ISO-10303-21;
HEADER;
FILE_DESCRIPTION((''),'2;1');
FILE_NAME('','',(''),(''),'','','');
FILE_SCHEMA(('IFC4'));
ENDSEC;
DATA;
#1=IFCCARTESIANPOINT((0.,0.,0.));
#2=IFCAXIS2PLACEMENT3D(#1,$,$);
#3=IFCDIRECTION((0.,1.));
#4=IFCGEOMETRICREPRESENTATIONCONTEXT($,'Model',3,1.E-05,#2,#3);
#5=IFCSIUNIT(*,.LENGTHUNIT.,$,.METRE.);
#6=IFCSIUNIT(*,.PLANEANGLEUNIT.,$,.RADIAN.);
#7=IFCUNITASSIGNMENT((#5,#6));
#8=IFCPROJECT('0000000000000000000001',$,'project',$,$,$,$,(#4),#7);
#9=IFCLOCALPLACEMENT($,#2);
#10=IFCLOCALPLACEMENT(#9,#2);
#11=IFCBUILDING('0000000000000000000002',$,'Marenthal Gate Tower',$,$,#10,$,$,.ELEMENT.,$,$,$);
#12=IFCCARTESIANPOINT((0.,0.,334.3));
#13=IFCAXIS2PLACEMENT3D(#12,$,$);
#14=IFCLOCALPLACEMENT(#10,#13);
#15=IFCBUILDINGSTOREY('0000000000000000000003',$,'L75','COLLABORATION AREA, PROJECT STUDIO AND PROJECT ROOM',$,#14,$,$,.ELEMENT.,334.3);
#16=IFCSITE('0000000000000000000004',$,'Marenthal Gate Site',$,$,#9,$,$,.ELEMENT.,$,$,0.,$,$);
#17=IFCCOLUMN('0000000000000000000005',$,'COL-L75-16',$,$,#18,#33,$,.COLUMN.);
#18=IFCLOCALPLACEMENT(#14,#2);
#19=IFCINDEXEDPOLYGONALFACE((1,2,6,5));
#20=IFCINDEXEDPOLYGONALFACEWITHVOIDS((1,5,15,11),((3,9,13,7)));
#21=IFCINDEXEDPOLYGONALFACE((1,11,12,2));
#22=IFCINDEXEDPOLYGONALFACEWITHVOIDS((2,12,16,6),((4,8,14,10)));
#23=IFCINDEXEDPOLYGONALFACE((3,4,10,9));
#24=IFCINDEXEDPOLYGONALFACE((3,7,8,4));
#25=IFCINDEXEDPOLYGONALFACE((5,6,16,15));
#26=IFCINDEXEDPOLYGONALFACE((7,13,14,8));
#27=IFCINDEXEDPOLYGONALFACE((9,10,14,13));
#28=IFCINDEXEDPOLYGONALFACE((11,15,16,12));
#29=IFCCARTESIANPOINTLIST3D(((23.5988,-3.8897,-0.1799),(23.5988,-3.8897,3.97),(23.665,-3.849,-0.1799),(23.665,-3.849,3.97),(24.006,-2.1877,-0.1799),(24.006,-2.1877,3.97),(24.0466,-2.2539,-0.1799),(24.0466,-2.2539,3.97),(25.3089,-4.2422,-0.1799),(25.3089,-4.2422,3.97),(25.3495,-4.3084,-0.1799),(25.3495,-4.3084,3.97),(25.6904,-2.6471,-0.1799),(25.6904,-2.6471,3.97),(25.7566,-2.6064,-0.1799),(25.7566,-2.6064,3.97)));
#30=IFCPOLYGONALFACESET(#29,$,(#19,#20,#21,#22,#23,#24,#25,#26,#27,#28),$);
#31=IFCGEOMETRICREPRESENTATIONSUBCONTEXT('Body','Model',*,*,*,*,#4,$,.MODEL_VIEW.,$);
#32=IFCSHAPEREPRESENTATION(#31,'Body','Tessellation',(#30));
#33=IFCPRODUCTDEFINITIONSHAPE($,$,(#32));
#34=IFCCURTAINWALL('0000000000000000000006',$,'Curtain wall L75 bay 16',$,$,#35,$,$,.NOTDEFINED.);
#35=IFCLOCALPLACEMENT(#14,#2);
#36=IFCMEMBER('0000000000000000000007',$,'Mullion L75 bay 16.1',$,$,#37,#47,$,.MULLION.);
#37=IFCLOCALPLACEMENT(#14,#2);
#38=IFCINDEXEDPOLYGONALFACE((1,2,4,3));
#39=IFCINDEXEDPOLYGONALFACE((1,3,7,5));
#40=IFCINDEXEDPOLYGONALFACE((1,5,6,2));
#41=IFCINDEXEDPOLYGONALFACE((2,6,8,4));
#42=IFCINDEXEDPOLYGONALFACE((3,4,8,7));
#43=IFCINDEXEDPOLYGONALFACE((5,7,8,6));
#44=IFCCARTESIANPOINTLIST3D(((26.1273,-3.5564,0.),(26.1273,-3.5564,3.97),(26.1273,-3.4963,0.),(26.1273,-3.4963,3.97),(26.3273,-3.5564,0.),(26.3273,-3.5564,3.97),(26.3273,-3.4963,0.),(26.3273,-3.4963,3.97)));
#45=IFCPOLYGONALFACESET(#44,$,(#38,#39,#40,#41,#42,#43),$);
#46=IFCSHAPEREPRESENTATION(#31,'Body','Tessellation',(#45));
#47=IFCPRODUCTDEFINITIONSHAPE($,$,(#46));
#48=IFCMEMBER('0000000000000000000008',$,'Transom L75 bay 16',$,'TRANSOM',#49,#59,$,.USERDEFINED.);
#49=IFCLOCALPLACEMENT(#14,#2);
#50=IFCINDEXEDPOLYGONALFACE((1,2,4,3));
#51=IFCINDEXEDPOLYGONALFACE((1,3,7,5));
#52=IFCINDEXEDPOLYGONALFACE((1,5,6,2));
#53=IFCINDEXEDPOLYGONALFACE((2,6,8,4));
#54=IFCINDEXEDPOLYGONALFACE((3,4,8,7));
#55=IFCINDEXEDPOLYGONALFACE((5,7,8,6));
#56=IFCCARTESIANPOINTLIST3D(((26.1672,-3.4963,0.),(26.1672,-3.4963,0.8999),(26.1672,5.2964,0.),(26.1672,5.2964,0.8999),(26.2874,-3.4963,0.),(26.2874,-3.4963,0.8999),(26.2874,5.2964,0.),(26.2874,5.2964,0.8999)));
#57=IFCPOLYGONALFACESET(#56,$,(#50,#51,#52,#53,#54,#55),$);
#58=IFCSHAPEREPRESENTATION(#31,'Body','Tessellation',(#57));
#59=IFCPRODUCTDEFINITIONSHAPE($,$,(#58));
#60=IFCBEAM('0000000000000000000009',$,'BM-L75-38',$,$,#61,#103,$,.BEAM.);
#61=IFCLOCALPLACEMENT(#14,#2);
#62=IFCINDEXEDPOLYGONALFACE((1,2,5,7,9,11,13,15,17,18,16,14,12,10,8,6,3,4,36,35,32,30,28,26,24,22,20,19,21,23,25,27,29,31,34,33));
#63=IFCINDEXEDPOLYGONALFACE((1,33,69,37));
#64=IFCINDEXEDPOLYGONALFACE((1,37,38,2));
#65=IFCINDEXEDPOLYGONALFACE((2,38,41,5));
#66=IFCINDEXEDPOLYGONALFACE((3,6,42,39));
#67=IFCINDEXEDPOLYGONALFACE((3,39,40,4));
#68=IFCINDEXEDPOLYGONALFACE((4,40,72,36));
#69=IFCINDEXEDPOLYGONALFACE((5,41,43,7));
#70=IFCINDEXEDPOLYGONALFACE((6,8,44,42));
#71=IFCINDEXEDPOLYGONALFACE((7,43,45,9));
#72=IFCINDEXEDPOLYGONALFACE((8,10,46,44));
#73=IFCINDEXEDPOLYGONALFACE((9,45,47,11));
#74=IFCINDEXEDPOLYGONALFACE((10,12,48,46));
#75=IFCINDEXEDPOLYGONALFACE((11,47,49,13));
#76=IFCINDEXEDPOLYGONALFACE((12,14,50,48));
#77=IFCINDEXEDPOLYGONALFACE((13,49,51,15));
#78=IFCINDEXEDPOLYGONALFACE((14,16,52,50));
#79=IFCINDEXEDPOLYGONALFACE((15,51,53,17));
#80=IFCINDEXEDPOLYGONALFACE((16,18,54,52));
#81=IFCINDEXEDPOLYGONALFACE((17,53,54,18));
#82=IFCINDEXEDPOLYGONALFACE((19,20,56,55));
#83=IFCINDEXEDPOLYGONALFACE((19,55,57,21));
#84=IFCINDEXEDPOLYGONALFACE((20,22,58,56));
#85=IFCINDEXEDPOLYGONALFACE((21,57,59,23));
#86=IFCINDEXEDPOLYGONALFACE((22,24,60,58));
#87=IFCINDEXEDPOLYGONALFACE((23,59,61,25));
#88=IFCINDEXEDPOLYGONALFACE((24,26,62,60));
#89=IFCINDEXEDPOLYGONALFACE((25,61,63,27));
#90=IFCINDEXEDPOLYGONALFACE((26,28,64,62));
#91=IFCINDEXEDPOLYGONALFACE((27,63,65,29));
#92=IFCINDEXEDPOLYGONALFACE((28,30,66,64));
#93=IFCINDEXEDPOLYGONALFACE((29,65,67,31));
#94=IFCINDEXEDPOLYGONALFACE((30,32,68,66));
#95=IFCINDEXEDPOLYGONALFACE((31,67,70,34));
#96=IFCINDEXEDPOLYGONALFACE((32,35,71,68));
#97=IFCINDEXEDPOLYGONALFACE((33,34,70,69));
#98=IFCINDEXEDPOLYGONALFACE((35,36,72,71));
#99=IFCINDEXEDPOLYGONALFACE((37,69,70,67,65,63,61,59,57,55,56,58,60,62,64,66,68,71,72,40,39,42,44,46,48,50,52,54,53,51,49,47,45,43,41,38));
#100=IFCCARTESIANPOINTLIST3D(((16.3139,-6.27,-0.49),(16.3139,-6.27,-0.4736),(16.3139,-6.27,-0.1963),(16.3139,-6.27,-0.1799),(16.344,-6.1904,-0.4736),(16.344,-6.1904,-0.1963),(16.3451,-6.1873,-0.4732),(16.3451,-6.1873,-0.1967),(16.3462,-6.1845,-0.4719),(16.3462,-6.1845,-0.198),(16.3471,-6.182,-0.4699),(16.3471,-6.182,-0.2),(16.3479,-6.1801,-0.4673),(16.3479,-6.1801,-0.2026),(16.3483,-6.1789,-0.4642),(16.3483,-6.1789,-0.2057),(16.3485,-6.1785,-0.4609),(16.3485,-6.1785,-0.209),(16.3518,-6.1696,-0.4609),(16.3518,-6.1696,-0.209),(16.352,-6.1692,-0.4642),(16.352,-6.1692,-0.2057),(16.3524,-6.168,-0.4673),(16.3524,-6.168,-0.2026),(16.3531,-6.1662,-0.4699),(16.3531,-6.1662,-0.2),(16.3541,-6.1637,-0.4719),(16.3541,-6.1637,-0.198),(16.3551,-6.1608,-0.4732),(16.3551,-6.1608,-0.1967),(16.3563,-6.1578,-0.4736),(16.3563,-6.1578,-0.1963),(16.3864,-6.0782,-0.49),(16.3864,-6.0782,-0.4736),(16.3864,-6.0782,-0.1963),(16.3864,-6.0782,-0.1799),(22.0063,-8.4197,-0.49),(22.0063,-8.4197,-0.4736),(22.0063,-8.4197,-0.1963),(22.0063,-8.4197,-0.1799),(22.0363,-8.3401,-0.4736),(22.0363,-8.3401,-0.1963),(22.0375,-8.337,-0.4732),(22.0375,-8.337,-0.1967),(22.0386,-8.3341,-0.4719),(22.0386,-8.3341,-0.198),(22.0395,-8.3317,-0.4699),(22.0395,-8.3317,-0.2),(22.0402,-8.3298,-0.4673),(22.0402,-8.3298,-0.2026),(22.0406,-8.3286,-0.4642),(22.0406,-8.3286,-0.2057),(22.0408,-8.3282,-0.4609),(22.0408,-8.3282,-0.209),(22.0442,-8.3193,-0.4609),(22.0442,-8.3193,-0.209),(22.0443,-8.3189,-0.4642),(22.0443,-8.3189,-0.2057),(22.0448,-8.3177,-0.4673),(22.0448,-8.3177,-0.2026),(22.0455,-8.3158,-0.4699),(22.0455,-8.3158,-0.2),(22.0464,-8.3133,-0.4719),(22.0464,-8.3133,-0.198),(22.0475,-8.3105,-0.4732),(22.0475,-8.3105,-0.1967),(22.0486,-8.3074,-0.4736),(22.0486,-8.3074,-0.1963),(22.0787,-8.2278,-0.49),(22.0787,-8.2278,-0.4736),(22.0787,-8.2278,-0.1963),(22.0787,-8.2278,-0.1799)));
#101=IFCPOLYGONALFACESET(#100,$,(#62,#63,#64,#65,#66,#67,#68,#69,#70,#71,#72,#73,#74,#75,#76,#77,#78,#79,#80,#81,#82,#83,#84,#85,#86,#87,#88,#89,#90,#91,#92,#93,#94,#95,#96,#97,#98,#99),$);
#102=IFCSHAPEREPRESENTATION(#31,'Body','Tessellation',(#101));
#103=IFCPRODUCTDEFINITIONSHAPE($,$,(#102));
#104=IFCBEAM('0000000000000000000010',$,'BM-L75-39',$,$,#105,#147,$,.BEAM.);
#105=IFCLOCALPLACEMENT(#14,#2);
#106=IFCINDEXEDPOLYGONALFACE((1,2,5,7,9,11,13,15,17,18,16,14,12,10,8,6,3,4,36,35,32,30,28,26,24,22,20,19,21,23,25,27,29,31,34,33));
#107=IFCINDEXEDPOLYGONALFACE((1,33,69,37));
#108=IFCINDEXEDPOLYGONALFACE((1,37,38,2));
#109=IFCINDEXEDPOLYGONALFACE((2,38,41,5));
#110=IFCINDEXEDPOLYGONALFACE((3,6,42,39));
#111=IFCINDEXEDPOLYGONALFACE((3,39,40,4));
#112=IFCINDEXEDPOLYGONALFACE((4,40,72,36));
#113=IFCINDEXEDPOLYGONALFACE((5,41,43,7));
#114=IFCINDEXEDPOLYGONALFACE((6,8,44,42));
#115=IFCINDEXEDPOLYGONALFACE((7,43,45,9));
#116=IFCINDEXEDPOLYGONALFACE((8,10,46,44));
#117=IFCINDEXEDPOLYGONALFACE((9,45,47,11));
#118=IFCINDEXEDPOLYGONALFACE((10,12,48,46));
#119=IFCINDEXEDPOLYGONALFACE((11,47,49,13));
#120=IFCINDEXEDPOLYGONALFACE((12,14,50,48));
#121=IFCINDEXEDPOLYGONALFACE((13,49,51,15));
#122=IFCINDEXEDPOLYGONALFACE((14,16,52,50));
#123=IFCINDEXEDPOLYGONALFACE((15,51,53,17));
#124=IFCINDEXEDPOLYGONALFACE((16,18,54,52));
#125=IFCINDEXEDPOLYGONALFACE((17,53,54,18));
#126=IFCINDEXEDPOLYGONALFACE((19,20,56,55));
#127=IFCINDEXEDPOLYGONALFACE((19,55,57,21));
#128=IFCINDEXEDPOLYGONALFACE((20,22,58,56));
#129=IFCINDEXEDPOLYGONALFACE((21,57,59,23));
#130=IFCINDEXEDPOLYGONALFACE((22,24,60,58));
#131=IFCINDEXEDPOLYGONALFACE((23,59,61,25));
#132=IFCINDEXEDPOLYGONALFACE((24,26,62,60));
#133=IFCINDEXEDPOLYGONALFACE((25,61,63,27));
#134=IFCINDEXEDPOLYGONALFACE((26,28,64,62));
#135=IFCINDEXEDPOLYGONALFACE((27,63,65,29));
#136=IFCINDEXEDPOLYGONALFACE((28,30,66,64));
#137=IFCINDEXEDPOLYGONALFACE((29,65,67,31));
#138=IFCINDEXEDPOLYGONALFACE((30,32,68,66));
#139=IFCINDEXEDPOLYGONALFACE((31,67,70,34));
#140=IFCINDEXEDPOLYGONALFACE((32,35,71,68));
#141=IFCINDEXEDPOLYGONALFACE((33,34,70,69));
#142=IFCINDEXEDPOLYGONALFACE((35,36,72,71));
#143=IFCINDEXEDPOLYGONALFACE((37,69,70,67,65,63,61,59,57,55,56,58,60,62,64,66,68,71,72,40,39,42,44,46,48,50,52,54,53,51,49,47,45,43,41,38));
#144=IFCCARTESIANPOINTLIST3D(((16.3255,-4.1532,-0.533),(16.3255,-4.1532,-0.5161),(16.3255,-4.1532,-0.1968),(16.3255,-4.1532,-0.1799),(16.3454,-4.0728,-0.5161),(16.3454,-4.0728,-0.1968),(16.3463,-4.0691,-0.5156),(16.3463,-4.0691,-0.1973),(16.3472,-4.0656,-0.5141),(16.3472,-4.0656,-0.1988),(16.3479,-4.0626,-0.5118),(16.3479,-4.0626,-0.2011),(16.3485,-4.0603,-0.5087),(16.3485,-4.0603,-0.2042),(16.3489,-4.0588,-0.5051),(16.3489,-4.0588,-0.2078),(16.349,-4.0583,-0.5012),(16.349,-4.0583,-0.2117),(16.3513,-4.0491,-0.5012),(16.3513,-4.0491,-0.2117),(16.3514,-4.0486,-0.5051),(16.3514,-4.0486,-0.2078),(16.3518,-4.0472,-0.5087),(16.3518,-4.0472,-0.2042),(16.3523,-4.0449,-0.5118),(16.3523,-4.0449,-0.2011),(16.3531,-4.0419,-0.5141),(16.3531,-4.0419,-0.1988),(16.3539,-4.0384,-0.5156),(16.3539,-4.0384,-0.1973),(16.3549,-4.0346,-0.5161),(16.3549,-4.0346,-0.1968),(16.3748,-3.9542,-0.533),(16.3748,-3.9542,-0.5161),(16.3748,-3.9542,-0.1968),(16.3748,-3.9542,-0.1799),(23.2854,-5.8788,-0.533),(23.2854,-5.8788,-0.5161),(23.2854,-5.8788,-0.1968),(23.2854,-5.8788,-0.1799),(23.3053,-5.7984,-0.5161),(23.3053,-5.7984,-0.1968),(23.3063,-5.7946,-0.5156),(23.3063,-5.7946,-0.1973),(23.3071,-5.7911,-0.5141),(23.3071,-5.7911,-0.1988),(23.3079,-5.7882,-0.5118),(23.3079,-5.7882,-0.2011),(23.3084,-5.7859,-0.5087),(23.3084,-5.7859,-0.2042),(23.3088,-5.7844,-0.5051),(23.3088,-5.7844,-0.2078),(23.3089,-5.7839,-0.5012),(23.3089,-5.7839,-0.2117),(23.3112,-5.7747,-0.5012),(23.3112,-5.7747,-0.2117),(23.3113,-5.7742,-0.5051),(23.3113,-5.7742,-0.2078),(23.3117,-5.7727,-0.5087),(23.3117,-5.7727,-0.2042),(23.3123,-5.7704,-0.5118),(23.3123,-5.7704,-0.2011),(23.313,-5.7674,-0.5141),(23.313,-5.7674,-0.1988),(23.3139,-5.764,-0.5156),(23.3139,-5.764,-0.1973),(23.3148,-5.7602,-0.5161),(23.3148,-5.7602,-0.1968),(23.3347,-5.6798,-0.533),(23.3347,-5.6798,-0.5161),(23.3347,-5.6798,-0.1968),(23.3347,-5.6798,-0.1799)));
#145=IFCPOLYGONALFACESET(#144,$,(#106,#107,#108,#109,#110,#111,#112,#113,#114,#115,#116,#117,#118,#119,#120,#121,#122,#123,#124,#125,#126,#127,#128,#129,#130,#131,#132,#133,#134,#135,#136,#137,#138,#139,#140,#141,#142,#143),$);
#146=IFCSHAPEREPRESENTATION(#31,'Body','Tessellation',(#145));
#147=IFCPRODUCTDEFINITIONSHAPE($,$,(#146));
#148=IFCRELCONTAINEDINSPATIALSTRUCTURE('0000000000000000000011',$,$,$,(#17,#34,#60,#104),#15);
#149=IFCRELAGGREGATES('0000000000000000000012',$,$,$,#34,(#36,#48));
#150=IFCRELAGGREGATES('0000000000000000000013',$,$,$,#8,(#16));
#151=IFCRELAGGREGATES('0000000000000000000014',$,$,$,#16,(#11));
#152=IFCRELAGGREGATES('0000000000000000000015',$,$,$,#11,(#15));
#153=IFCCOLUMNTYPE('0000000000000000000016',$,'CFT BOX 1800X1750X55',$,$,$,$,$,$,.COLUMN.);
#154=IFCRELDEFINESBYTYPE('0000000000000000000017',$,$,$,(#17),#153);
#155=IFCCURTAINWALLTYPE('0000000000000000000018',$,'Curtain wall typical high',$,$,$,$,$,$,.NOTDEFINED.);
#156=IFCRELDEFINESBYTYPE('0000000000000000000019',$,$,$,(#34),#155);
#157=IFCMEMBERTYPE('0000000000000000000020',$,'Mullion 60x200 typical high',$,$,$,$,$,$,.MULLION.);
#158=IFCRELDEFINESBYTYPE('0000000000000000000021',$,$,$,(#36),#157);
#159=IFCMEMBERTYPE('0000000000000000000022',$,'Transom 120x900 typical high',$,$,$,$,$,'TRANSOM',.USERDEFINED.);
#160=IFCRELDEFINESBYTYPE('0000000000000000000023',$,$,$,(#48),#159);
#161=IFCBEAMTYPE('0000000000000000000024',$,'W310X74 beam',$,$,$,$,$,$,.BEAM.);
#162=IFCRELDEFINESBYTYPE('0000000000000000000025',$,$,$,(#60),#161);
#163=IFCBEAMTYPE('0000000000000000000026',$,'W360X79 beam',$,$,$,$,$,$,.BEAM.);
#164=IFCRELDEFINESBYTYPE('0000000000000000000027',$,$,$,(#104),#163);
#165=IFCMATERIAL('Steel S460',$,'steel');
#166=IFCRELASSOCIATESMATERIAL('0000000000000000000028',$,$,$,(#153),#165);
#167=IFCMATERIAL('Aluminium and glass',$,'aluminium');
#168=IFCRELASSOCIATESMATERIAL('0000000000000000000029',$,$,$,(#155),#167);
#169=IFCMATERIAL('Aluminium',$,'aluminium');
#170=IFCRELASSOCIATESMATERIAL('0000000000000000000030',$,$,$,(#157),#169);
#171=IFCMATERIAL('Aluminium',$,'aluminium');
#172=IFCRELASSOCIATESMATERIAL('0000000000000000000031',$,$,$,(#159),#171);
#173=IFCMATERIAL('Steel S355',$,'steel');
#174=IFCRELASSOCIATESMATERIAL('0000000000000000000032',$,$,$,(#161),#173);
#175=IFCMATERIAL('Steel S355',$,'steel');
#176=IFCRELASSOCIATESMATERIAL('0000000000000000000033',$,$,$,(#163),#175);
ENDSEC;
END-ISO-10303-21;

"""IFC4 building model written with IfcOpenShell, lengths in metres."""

from ifc_helpers import new_model, si_unit, direction, frame, origin, origin_2d, place, context, subcontext, project, spatial, rectangle, hollow_rectangle, i_section, extrude, material, material_profile, profile_set, type_object, element, aggregate, save


model = new_model("IFC4")

# Units and contexts
model_context = context("Model", 3, precision=1e-05, world=origin(), true_north=direction((0.0, 1.0)))
body_context = subcontext(model_context, "Body", "Model", "MODEL_VIEW")
ifc_project = project(units=[si_unit("LENGTHUNIT", "METRE"), si_unit("PLANEANGLEUNIT", "RADIAN")], contexts=[model_context])

# Site, building, storey
site_placement = place(None, origin())
site = spatial("IfcSite", under=ifc_project, at=site_placement, Name="Marenthal Gate Site", CompositionType="ELEMENT", RefElevation=0.0)
building_placement = place(site_placement, origin())
building = spatial("IfcBuilding", under=site, at=building_placement, Name="Marenthal Gate Tower", CompositionType="ELEMENT")
storey_placement = place(building_placement, frame((0.0, 0.0, 334.3)))
storey = spatial("IfcBuildingStorey", under=building, at=storey_placement, Name="L75", Description="COLLABORATION AREA, PROJECT STUDIO AND PROJECT ROOM", CompositionType="ELEMENT", Elevation=334.3)

# Column
ifc_material_1 = material(Name="Steel S460", Category="steel")
ifc_material_profile_1 = material_profile(ifc_material_1, hollow_rectangle(XDim=1.75, YDim=1.8, WallThickness=0.0549, at=origin_2d()), Name="CFT BOX 1800X1750X55")
ifc_material_2 = material(Name="Concrete 70 MPa", Category="concrete")
ifc_material_profile_2 = material_profile(ifc_material_2, rectangle(XDim=1.6399, YDim=1.6899, at=origin_2d()), Name="CFT BOX 1800X1750X55 INFILL")
ifc_profile_set_1 = profile_set([ifc_material_profile_1, ifc_material_profile_2], Name="Steel S460 shell, Concrete 70 MPa infill")
column_type = type_object("IfcColumnType", Name="CFT BOX 1800X1750X55", PredefinedType="COLUMN", material=ifc_profile_set_1)
column_placement = place(storey_placement, frame((24.6777, -3.248, -0.1799), z_axis=(0.0, 0.0, 1.0), x_axis=(-0.232643, -0.972562, 0.0)))
element("IfcColumn", 1, at=column_placement, inside=storey, type_object=column_type, Name="COL-L75-16", PredefinedType="COLUMN", context=body_context, shape_type="SweptSolid", body=[
    extrude(hollow_rectangle(XDim=1.75, YDim=1.8, WallThickness=0.0549, at=origin_2d()), origin(), (0.0, 0.0, 1.0), 4.1499),
])

# Curtain wall, members
ifc_material_3 = material(Name="Aluminium and glass", Category="aluminium")
curtain_wall_type = type_object("IfcCurtainWallType", Name="Curtain wall typical high", PredefinedType="NOTDEFINED", material=ifc_material_3)
curtain_wall_placement = place(storey_placement, origin())
curtain_wall = element("IfcCurtainWall", 2, at=curtain_wall_placement, inside=storey, type_object=curtain_wall_type, Name="Curtain wall L75 bay 16", PredefinedType="NOTDEFINED")
ifc_material_4 = material(Name="Aluminium", Category="aluminium")
ifc_material_profile_3 = material_profile(ifc_material_4, rectangle(XDim=0.2, YDim=0.0601, at=origin_2d()), Name="60x200 aluminium mullion")
ifc_profile_set_2 = profile_set([ifc_material_profile_3], Name="Aluminium")
member_type_1 = type_object("IfcMemberType", Name="Mullion 60x200 typical high", PredefinedType="MULLION", material=ifc_profile_set_2)
member_1_placement = place(storey_placement, frame((26.2273, -3.5264, 0.0), z_axis=(0.0, 0.0, 1.0), x_axis=(-1.0, 0.0, 0.0)))
member_1 = element("IfcMember", 3, at=member_1_placement, type_object=member_type_1, Name="Mullion L75 bay 16.1", PredefinedType="MULLION", context=body_context, shape_type="SweptSolid", body=[
    extrude(rectangle(XDim=0.2, YDim=0.0601, at=origin_2d()), origin(), (0.0, 0.0, 1.0), 3.97),
])
ifc_material_5 = material(Name="Aluminium", Category="aluminium")
ifc_material_profile_4 = material_profile(ifc_material_5, rectangle(XDim=0.1201, YDim=0.8999, at=origin_2d()), Name="120x900 aluminium transom")
ifc_profile_set_3 = profile_set([ifc_material_profile_4], Name="Aluminium")
member_type_2 = type_object("IfcMemberType", Name="Transom 120x900 typical high", ElementType="TRANSOM", PredefinedType="USERDEFINED", material=ifc_profile_set_3)
member_2_placement = place(storey_placement, frame((26.2273, -3.4963, 0.45), z_axis=(0.0, 1.0, 0.0), x_axis=(-1.0, 0.0, 0.0)))
member_2 = element("IfcMember", 4, at=member_2_placement, type_object=member_type_2, Name="Transom L75 bay 16", ObjectType="TRANSOM", PredefinedType="USERDEFINED", context=body_context, shape_type="SweptSolid", body=[
    extrude(rectangle(XDim=0.1201, YDim=0.8999, at=origin_2d()), origin(), (0.0, 0.0, 1.0), 8.7927),
])

# Beams
ifc_material_6 = material(Name="Steel S355", Category="steel")
ifc_material_profile_5 = material_profile(ifc_material_6, i_section(OverallWidth=0.2051, OverallDepth=0.3101, WebThickness=0.0095, FlangeThickness=0.0164, FilletRadius=0.0127, at=origin_2d()), Name="W310X74")
ifc_profile_set_4 = profile_set([ifc_material_profile_5], Name="Steel S355")
beam_type_1 = type_object("IfcBeamType", Name="W310X74 beam", PredefinedType="BEAM", material=ifc_profile_set_4)
beam_1_placement = place(storey_placement, frame((22.0425, -8.3237, -0.335), z_axis=(-0.935515, 0.353286, 0.0), x_axis=(-0.353286, -0.935515, 0.0)))
element("IfcBeam", 5, at=beam_1_placement, inside=storey, type_object=beam_type_1, Name="BM-L75-38", PredefinedType="BEAM", context=body_context, shape_type="SweptSolid", body=[
    extrude(i_section(OverallWidth=0.2051, OverallDepth=0.3101, WebThickness=0.0095, FlangeThickness=0.0164, FilletRadius=0.0127, at=origin_2d()), origin(), (0.0, 0.0, 1.0), 6.0847),
])
ifc_material_7 = material(Name="Steel S355", Category="steel")
ifc_material_profile_6 = material_profile(ifc_material_7, i_section(OverallWidth=0.2051, OverallDepth=0.353, WebThickness=0.0095, FlangeThickness=0.0168, FilletRadius=0.0149, at=origin_2d()), Name="W360X79")
ifc_profile_set_5 = profile_set([ifc_material_profile_6], Name="Steel S355")
beam_type_2 = type_object("IfcBeamType", Name="W360X79 beam", PredefinedType="BEAM", material=ifc_profile_set_5)
beam_2_placement = place(storey_placement, frame((23.3101, -5.7793, -0.3564), z_axis=(-0.970613, 0.240645, 0.0), x_axis=(-0.240645, -0.970613, 0.0)))
element("IfcBeam", 6, at=beam_2_placement, inside=storey, type_object=beam_type_2, Name="BM-L75-39", PredefinedType="BEAM", context=body_context, shape_type="SweptSolid", body=[
    extrude(i_section(OverallWidth=0.2051, OverallDepth=0.353, WebThickness=0.0095, FlangeThickness=0.0168, FilletRadius=0.0149, at=origin_2d()), origin(), (0.0, 0.0, 1.0), 7.1707),
])

aggregate(curtain_wall, [member_1, member_2])

save(model, "model.ifc")
